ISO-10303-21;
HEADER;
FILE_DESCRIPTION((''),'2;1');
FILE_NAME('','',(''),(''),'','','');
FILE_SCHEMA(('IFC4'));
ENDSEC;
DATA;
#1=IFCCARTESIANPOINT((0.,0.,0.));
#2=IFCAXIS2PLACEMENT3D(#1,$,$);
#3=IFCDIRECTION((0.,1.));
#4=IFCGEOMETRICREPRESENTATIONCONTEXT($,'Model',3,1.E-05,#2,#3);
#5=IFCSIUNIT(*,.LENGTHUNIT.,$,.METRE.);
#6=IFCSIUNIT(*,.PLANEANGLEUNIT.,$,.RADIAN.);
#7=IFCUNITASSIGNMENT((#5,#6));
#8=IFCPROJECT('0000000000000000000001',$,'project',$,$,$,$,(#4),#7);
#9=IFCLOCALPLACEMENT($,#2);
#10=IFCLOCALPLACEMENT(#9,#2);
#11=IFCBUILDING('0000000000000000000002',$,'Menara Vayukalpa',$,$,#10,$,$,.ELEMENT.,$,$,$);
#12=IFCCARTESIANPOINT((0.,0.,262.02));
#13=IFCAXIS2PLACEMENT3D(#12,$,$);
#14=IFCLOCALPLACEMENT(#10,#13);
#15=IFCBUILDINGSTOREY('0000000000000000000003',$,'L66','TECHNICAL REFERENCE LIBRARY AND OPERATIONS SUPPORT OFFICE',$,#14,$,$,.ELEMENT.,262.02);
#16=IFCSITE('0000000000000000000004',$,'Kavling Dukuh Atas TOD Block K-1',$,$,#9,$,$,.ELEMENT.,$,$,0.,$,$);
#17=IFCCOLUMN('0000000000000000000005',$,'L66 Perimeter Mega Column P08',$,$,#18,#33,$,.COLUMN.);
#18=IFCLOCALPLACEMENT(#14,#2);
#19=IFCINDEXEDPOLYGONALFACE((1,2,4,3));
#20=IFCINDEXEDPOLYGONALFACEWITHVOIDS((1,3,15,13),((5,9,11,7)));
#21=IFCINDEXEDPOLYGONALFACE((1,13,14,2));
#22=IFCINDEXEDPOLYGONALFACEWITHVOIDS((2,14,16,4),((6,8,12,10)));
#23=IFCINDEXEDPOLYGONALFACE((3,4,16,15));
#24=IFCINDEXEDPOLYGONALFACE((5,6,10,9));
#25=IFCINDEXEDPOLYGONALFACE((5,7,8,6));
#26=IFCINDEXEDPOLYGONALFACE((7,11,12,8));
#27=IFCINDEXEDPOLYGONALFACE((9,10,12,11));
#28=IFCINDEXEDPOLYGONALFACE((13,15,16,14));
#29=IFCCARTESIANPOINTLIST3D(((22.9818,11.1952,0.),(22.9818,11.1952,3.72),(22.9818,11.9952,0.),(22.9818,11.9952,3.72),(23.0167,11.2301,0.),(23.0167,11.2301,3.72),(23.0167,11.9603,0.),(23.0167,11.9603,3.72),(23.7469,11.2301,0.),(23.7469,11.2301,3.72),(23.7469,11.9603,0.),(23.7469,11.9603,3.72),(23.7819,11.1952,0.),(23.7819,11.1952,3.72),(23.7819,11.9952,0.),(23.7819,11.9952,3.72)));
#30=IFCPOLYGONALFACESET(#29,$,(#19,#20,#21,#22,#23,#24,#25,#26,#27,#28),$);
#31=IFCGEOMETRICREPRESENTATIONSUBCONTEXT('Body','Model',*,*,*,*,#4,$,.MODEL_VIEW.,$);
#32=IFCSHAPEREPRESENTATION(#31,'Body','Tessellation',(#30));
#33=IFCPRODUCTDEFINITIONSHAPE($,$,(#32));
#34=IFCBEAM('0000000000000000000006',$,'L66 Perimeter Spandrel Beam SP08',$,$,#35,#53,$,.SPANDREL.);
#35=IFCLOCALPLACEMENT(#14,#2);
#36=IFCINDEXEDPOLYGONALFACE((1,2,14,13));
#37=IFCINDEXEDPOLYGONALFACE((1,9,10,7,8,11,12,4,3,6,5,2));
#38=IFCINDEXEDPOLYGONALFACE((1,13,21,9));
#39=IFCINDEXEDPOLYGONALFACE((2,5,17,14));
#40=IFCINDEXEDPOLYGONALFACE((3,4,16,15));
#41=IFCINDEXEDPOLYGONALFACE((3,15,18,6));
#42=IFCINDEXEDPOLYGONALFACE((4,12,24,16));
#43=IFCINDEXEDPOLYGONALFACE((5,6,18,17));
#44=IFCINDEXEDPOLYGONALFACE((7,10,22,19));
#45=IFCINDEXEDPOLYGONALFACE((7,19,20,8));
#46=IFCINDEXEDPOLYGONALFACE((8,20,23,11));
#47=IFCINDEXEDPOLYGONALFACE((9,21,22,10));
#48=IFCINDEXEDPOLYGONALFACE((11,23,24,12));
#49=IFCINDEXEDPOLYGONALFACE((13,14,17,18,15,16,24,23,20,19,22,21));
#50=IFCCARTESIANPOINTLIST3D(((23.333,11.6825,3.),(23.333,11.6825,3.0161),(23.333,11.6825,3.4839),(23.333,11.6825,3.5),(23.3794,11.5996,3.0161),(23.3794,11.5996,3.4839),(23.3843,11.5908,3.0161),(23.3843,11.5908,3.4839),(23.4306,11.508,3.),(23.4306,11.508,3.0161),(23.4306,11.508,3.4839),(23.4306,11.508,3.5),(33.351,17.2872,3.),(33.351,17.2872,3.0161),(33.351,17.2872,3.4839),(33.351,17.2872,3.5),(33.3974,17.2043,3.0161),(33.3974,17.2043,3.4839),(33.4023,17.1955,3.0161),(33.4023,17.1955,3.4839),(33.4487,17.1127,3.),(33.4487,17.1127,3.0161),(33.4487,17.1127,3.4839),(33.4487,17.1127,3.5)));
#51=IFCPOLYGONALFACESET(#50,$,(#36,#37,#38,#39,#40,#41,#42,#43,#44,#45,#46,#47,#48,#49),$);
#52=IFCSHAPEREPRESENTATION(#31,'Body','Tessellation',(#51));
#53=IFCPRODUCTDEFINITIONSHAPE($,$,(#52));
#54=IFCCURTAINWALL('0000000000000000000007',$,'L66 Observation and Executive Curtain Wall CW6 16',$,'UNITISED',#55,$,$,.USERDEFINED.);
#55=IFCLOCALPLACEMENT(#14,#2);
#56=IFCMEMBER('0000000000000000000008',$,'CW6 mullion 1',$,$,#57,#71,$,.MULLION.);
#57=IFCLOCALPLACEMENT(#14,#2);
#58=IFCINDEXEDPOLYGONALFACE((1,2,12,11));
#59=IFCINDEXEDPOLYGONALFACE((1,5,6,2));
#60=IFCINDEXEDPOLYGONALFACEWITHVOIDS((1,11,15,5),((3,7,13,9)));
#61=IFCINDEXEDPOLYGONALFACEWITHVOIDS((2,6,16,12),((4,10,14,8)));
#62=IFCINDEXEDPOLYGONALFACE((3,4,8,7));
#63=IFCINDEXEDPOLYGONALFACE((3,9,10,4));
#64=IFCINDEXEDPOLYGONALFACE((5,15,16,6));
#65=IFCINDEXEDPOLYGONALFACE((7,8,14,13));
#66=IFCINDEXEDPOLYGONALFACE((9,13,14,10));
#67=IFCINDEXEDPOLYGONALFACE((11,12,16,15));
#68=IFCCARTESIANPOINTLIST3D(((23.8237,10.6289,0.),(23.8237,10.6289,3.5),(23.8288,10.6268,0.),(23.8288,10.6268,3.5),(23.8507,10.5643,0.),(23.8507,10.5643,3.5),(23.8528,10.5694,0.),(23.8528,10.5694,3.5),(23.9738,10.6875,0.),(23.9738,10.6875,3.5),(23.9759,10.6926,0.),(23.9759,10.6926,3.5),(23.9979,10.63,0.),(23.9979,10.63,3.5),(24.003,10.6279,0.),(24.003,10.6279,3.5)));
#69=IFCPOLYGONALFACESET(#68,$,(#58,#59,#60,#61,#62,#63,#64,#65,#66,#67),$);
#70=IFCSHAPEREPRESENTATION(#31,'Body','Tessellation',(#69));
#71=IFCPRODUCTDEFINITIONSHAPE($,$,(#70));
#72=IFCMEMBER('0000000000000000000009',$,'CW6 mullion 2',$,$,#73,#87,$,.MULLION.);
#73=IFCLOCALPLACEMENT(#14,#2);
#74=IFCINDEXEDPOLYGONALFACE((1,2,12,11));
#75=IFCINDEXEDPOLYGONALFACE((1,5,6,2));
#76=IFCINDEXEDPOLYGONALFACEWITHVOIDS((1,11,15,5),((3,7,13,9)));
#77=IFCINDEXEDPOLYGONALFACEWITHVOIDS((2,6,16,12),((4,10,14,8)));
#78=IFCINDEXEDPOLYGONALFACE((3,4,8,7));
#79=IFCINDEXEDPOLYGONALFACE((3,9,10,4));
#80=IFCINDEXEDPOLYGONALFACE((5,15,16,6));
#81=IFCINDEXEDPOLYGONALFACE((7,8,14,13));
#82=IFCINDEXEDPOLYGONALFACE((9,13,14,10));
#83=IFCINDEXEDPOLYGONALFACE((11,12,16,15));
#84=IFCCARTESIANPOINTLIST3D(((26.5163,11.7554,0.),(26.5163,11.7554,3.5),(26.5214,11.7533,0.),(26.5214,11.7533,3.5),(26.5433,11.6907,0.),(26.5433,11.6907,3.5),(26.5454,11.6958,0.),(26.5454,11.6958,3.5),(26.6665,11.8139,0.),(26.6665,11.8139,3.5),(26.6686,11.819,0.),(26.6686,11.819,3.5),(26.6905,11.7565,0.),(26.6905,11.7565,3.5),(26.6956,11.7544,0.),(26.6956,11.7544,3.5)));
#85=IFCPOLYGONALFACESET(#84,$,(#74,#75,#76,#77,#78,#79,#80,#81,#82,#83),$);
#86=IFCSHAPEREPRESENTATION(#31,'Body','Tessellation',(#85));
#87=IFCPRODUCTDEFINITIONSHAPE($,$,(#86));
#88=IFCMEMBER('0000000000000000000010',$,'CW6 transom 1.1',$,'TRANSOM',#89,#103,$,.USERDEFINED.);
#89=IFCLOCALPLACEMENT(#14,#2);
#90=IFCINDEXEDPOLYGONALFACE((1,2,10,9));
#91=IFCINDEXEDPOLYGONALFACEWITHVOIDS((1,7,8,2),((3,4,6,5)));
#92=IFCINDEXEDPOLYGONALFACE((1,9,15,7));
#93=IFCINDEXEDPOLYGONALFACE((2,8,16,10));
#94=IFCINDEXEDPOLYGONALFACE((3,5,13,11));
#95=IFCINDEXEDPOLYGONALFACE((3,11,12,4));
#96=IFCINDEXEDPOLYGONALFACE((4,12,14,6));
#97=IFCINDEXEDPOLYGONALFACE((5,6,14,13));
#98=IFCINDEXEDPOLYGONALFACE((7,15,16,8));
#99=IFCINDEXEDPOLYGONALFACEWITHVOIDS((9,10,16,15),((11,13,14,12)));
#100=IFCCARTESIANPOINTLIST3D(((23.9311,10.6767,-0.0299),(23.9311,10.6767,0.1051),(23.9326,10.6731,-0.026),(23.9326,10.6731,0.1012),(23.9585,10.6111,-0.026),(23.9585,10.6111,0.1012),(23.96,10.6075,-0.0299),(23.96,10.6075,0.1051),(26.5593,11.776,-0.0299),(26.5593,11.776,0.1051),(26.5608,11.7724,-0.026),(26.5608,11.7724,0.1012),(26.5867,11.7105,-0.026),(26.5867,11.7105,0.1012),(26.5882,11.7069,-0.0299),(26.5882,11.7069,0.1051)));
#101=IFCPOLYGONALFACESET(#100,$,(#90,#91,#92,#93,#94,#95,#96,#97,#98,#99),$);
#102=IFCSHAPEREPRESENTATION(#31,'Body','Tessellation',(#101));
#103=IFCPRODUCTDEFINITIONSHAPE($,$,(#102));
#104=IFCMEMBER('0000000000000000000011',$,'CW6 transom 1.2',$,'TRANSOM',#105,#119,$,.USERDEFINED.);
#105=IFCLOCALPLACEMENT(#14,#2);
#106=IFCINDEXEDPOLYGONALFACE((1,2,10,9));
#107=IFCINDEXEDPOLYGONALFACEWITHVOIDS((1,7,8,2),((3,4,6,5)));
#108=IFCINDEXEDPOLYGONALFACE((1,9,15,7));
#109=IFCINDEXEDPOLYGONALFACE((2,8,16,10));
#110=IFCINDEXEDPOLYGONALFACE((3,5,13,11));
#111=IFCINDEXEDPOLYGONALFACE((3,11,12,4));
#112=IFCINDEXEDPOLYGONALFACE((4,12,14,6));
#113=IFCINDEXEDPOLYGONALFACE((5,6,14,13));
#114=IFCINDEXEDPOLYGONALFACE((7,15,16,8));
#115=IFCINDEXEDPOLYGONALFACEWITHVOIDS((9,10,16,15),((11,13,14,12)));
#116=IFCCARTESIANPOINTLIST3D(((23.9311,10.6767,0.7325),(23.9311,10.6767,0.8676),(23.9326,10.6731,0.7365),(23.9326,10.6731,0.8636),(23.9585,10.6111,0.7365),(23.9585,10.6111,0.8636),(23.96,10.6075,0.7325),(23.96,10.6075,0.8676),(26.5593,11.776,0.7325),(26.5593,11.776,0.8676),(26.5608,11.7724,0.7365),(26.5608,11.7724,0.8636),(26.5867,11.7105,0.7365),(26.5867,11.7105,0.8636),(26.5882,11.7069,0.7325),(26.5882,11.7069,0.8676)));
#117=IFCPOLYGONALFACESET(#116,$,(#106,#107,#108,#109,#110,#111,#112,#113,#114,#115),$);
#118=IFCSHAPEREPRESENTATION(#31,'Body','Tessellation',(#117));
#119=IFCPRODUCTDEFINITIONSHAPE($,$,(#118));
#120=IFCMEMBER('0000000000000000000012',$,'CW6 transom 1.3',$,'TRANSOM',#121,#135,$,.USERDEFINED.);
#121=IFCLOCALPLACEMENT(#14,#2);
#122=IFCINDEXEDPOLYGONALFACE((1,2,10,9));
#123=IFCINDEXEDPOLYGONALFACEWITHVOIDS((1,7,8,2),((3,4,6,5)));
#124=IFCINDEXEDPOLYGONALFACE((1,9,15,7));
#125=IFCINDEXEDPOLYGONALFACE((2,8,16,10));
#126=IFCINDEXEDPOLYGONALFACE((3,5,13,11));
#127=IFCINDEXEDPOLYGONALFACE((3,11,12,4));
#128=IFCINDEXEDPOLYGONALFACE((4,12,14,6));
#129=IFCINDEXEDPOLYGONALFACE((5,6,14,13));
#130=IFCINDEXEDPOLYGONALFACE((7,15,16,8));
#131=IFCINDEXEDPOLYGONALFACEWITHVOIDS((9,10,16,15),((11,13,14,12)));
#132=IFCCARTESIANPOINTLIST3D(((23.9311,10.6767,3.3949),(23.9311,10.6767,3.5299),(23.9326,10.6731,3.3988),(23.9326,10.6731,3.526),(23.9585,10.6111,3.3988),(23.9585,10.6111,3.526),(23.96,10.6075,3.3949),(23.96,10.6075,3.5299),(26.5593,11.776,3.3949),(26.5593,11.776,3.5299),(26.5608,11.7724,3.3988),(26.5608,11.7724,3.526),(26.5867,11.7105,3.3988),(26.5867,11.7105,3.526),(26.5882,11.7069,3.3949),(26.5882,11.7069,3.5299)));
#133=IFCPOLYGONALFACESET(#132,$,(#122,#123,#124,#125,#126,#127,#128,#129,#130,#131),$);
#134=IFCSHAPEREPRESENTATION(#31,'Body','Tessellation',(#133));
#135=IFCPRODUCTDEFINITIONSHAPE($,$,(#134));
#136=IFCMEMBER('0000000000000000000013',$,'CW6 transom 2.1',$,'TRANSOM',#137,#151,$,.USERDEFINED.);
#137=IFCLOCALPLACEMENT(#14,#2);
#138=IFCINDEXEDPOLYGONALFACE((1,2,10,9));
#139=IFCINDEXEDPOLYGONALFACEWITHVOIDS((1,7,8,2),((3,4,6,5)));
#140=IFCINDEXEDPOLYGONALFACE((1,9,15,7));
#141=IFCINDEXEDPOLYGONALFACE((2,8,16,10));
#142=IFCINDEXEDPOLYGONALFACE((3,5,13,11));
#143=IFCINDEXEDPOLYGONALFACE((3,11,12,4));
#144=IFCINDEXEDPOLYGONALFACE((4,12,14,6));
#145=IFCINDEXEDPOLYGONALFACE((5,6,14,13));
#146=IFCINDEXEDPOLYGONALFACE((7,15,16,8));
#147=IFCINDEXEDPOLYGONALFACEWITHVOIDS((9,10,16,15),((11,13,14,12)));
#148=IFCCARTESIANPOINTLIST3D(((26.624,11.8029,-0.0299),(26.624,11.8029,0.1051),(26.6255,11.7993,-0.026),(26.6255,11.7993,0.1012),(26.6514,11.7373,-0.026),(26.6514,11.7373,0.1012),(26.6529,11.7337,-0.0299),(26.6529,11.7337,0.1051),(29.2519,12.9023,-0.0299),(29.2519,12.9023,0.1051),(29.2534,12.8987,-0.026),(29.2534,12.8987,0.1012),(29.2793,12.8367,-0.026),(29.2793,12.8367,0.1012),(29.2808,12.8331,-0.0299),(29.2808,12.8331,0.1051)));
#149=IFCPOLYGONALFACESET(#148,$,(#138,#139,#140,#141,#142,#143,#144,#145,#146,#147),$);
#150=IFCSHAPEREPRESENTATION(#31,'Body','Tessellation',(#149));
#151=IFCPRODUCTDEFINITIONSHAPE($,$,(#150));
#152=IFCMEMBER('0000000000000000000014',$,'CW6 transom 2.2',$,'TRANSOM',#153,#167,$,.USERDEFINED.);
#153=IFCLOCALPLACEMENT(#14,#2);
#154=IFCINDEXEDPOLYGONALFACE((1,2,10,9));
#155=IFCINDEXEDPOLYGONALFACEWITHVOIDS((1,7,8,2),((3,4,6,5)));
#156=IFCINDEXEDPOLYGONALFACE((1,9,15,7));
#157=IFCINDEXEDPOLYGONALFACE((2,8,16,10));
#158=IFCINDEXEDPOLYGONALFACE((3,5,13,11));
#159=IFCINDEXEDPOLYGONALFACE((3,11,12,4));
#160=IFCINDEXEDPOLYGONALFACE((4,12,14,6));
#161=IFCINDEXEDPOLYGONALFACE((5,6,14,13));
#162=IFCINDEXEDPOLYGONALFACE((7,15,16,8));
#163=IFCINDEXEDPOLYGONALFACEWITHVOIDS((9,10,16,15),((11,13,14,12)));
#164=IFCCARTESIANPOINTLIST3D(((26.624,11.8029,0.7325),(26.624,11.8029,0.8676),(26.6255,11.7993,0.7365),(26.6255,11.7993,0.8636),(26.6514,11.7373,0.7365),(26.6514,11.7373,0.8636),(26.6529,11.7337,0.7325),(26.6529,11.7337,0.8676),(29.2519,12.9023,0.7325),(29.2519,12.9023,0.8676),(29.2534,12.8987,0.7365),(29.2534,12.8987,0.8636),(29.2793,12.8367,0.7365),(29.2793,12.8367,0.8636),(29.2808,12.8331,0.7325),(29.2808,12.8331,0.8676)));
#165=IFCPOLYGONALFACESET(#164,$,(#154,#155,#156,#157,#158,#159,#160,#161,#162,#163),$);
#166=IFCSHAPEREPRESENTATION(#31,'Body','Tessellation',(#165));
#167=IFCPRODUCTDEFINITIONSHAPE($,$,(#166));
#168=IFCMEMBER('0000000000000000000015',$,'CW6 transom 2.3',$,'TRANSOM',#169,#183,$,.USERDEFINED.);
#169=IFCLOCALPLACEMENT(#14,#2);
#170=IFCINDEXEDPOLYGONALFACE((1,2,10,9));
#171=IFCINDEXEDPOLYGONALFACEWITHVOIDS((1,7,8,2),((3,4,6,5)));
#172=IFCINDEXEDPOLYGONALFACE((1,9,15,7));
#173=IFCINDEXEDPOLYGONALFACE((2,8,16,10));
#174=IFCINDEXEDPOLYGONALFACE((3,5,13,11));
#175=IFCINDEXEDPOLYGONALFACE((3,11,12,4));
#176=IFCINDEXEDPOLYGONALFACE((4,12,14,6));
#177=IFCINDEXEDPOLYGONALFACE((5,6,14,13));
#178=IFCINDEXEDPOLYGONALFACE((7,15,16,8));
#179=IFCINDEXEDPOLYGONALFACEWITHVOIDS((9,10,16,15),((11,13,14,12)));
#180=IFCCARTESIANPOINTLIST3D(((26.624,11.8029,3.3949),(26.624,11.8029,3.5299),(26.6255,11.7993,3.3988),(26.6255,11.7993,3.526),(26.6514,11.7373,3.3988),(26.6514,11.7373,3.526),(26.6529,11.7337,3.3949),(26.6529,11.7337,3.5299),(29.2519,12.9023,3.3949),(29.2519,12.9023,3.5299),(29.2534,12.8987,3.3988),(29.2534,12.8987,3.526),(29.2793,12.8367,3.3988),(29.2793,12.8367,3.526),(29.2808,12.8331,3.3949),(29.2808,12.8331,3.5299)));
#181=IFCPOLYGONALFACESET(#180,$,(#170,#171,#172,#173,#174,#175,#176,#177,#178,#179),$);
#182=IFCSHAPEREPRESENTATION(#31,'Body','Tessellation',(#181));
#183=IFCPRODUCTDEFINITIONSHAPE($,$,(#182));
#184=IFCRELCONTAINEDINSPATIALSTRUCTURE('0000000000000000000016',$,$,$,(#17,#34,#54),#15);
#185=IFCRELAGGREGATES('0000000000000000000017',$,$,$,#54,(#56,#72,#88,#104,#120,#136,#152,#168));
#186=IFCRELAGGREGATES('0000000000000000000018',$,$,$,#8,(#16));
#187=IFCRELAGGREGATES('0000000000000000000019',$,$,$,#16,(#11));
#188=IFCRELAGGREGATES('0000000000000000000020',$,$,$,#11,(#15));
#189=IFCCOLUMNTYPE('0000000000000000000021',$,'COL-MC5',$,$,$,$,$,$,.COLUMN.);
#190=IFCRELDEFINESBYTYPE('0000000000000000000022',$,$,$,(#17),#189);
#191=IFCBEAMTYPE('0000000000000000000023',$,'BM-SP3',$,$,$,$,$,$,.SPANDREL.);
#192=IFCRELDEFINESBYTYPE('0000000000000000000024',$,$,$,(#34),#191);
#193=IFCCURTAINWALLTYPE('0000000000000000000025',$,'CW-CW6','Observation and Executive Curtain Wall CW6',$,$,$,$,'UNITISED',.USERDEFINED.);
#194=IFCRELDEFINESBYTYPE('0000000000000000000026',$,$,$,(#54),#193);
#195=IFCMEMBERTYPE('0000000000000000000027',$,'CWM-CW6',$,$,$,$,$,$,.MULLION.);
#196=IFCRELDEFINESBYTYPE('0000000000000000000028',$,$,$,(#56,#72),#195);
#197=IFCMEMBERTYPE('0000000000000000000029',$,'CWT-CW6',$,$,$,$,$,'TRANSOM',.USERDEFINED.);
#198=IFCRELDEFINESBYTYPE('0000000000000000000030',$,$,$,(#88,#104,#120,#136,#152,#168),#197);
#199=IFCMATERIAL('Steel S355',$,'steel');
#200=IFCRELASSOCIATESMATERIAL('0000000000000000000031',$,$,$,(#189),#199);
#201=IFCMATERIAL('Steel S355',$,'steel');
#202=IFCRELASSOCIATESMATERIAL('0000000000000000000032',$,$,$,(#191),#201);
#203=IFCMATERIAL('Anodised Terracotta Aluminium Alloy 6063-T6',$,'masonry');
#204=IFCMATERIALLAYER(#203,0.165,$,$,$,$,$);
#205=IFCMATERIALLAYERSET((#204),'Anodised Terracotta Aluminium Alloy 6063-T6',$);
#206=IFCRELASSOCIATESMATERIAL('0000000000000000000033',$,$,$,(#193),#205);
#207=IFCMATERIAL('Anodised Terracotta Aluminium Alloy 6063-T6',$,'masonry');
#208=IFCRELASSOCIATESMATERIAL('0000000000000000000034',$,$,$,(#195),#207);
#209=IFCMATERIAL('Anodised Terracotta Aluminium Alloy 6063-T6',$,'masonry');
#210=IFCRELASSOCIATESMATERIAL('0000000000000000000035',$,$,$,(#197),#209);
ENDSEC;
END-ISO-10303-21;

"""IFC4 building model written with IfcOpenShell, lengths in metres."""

from ifc_helpers import new_model, si_unit, direction, frame, origin, origin_2d, place, context, subcontext, project, spatial, hollow_rectangle, i_section, extrude, material, layer, layer_set, material_profile, profile_set, type_object, element, aggregate, save


model = new_model("IFC4")

# Units and contexts
model_context = context("Model", 3, precision=1e-05, world=origin(), true_north=direction((0.0, 1.0)))
body_context = subcontext(model_context, "Body", "Model", "MODEL_VIEW")
ifc_project = project(units=[si_unit("LENGTHUNIT", "METRE"), si_unit("PLANEANGLEUNIT", "RADIAN")], contexts=[model_context])

# Site, building, storey
site_placement = place(None, origin())
site = spatial("IfcSite", under=ifc_project, at=site_placement, Name="Kavling Dukuh Atas TOD Block K-1", CompositionType="ELEMENT", RefElevation=0.0)
building_placement = place(site_placement, origin())
building = spatial("IfcBuilding", under=site, at=building_placement, Name="Menara Vayukalpa", CompositionType="ELEMENT")
storey_placement = place(building_placement, frame((0.0, 0.0, 262.02)))
storey = spatial("IfcBuildingStorey", under=building, at=storey_placement, Name="L66", Description="TECHNICAL REFERENCE LIBRARY AND OPERATIONS SUPPORT OFFICE", CompositionType="ELEMENT", Elevation=262.02)

# Column
ifc_material_1 = material(Name="Steel S355", Category="steel")
ifc_material_profile_1 = material_profile(ifc_material_1, hollow_rectangle(XDim=0.8, YDim=0.8, WallThickness=0.0349, at=origin_2d()), Name="BOX 800x800x35")
ifc_profile_set_1 = profile_set([ifc_material_profile_1], Name="Steel S355")
column_type = type_object("IfcColumnType", Name="COL-MC5", PredefinedType="COLUMN", material=ifc_profile_set_1)
column_placement = place(storey_placement, frame((23.3818, 11.5952, 0.0), z_axis=(0.0, 0.0, 1.0), x_axis=(1.0, 0.0, 0.0)))
element("IfcColumn", 1, at=column_placement, inside=storey, type_object=column_type, Name="L66 Perimeter Mega Column P08", PredefinedType="COLUMN", context=body_context, shape_type="SweptSolid", body=[
    extrude(hollow_rectangle(XDim=0.8, YDim=0.8, WallThickness=0.0349, at=origin_2d()), origin(), (0.0, 0.0, 1.0), 3.72),
])

# Beam
ifc_material_2 = material(Name="Steel S355", Category="steel")
ifc_material_profile_2 = material_profile(ifc_material_2, i_section(OverallWidth=0.2, OverallDepth=0.5, WebThickness=0.01, FlangeThickness=0.0161, at=origin_2d()), Name="WF 500x200x10x16")
ifc_profile_set_2 = profile_set([ifc_material_profile_2], Name="Steel S355")
beam_type = type_object("IfcBeamType", Name="BM-SP3", PredefinedType="SPANDREL", material=ifc_profile_set_2)
beam_placement = place(storey_placement, frame((23.3818, 11.5952, 3.25), z_axis=(0.872706, 0.488246, 0.0), x_axis=(-0.488246, 0.872706, 0.0)))
element("IfcBeam", 2, at=beam_placement, inside=storey, type_object=beam_type, Name="L66 Perimeter Spandrel Beam SP08", PredefinedType="SPANDREL", context=body_context, shape_type="SweptSolid", body=[
    extrude(i_section(OverallWidth=0.2, OverallDepth=0.5, WebThickness=0.01, FlangeThickness=0.0161, at=origin_2d()), origin(), (0.0, 0.0, 1.0), 11.4792),
])

# Curtain wall, members
ifc_material_3 = material(Name="Anodised Terracotta Aluminium Alloy 6063-T6", Category="masonry")
ifc_layer_1 = layer(ifc_material_3, 0.165)
ifc_layer_set_1 = layer_set([ifc_layer_1], Name="Anodised Terracotta Aluminium Alloy 6063-T6")
curtain_wall_type = type_object("IfcCurtainWallType", Name="CW-CW6", Description="Observation and Executive Curtain Wall CW6", ElementType="UNITISED", PredefinedType="USERDEFINED", material=ifc_layer_set_1)
curtain_wall_placement = place(storey_placement, origin())
curtain_wall = element("IfcCurtainWall", 3, at=curtain_wall_placement, inside=storey, type_object=curtain_wall_type, Name="L66 Observation and Executive Curtain Wall CW6 16", ObjectType="UNITISED", PredefinedType="USERDEFINED")
ifc_material_4 = material(Name="Anodised Terracotta Aluminium Alloy 6063-T6", Category="masonry")
ifc_material_profile_3 = material_profile(ifc_material_4, hollow_rectangle(XDim=0.0701, YDim=0.165, WallThickness=0.0039, at=origin_2d()), Name="ALU 70x165x4")
ifc_profile_set_3 = profile_set([ifc_material_profile_3], Name="Anodised Terracotta Aluminium Alloy 6063-T6")
member_type_1 = type_object("IfcMemberType", Name="CWM-CW6", PredefinedType="MULLION", material=ifc_profile_set_3)
member_1_placement = place(storey_placement, frame((23.9133, 10.6284, 0.0), z_axis=(0.0, 0.0, 1.0), x_axis=(-0.3859, 0.922541, 0.0)))
member_1 = element("IfcMember", 4, at=member_1_placement, type_object=member_type_1, Name="CW6 mullion 1", PredefinedType="MULLION", context=body_context, shape_type="SweptSolid", body=[
    extrude(hollow_rectangle(XDim=0.0701, YDim=0.165, WallThickness=0.0039, at=origin_2d()), origin(), (0.0, 0.0, 1.0), 3.5),
])
member_2_placement = place(storey_placement, frame((26.606, 11.7549, 0.0), z_axis=(0.0, 0.0, 1.0), x_axis=(-0.3859, 0.922541, 0.0)))
member_2 = element("IfcMember", 5, at=member_2_placement, type_object=member_type_1, Name="CW6 mullion 2", PredefinedType="MULLION", context=body_context, shape_type="SweptSolid", body=[
    extrude(hollow_rectangle(XDim=0.0701, YDim=0.165, WallThickness=0.0039, at=origin_2d()), origin(), (0.0, 0.0, 1.0), 3.5),
])
ifc_material_5 = material(Name="Anodised Terracotta Aluminium Alloy 6063-T6", Category="masonry")
ifc_material_profile_4 = material_profile(ifc_material_5, hollow_rectangle(XDim=0.075, YDim=0.135, WallThickness=0.0039, at=origin_2d()), Name="ALU 75x135x4")
ifc_profile_set_4 = profile_set([ifc_material_profile_4], Name="Anodised Terracotta Aluminium Alloy 6063-T6")
member_type_2 = type_object("IfcMemberType", Name="CWT-CW6", ElementType="TRANSOM", PredefinedType="USERDEFINED", material=ifc_profile_set_4)
member_3_placement = place(storey_placement, frame((23.9456, 10.6421, 0.0376), z_axis=(0.922541, 0.385899, 0.0), x_axis=(-0.385899, 0.922541, 0.0)))
member_3 = element("IfcMember", 6, at=member_3_placement, type_object=member_type_2, Name="CW6 transom 1.1", ObjectType="TRANSOM", PredefinedType="USERDEFINED", context=body_context, shape_type="SweptSolid", body=[
    extrude(hollow_rectangle(XDim=0.075, YDim=0.135, WallThickness=0.0039, at=origin_2d()), origin(), (0.0, 0.0, 1.0), 2.8489),
])
member_4_placement = place(storey_placement, frame((23.9456, 10.6421, 0.8), z_axis=(0.922541, 0.385899, 0.0), x_axis=(-0.385899, 0.922541, 0.0)))
member_4 = element("IfcMember", 7, at=member_4_placement, type_object=member_type_2, Name="CW6 transom 1.2", ObjectType="TRANSOM", PredefinedType="USERDEFINED", context=body_context, shape_type="SweptSolid", body=[
    extrude(hollow_rectangle(XDim=0.075, YDim=0.135, WallThickness=0.0039, at=origin_2d()), origin(), (0.0, 0.0, 1.0), 2.8489),
])
member_5_placement = place(storey_placement, frame((23.9456, 10.6421, 3.4624), z_axis=(0.922541, 0.385899, 0.0), x_axis=(-0.385899, 0.922541, 0.0)))
member_5 = element("IfcMember", 8, at=member_5_placement, type_object=member_type_2, Name="CW6 transom 1.3", ObjectType="TRANSOM", PredefinedType="USERDEFINED", context=body_context, shape_type="SweptSolid", body=[
    extrude(hollow_rectangle(XDim=0.075, YDim=0.135, WallThickness=0.0039, at=origin_2d()), origin(), (0.0, 0.0, 1.0), 2.8489),
])
member_6_placement = place(storey_placement, frame((26.6384, 11.7683, 0.0376), z_axis=(0.922528, 0.385929, 0.0), x_axis=(-0.385929, 0.922528, 0.0)))
member_6 = element("IfcMember", 9, at=member_6_placement, type_object=member_type_2, Name="CW6 transom 2.1", ObjectType="TRANSOM", PredefinedType="USERDEFINED", context=body_context, shape_type="SweptSolid", body=[
    extrude(hollow_rectangle(XDim=0.075, YDim=0.135, WallThickness=0.0039, at=origin_2d()), origin(), (0.0, 0.0, 1.0), 2.8486),
])
member_7_placement = place(storey_placement, frame((26.6384, 11.7683, 0.8), z_axis=(0.922528, 0.385929, 0.0), x_axis=(-0.385929, 0.922528, 0.0)))
member_7 = element("IfcMember", 10, at=member_7_placement, type_object=member_type_2, Name="CW6 transom 2.2", ObjectType="TRANSOM", PredefinedType="USERDEFINED", context=body_context, shape_type="SweptSolid", body=[
    extrude(hollow_rectangle(XDim=0.075, YDim=0.135, WallThickness=0.0039, at=origin_2d()), origin(), (0.0, 0.0, 1.0), 2.8486),
])
member_8_placement = place(storey_placement, frame((26.6384, 11.7683, 3.4624), z_axis=(0.922528, 0.385929, 0.0), x_axis=(-0.385929, 0.922528, 0.0)))
member_8 = element("IfcMember", 11, at=member_8_placement, type_object=member_type_2, Name="CW6 transom 2.3", ObjectType="TRANSOM", PredefinedType="USERDEFINED", context=body_context, shape_type="SweptSolid", body=[
    extrude(hollow_rectangle(XDim=0.075, YDim=0.135, WallThickness=0.0039, at=origin_2d()), origin(), (0.0, 0.0, 1.0), 2.8486),
])
aggregate(curtain_wall, [member_1, member_2, member_3, member_4, member_5, member_6, member_7, member_8])

save(model, "model.ifc")
